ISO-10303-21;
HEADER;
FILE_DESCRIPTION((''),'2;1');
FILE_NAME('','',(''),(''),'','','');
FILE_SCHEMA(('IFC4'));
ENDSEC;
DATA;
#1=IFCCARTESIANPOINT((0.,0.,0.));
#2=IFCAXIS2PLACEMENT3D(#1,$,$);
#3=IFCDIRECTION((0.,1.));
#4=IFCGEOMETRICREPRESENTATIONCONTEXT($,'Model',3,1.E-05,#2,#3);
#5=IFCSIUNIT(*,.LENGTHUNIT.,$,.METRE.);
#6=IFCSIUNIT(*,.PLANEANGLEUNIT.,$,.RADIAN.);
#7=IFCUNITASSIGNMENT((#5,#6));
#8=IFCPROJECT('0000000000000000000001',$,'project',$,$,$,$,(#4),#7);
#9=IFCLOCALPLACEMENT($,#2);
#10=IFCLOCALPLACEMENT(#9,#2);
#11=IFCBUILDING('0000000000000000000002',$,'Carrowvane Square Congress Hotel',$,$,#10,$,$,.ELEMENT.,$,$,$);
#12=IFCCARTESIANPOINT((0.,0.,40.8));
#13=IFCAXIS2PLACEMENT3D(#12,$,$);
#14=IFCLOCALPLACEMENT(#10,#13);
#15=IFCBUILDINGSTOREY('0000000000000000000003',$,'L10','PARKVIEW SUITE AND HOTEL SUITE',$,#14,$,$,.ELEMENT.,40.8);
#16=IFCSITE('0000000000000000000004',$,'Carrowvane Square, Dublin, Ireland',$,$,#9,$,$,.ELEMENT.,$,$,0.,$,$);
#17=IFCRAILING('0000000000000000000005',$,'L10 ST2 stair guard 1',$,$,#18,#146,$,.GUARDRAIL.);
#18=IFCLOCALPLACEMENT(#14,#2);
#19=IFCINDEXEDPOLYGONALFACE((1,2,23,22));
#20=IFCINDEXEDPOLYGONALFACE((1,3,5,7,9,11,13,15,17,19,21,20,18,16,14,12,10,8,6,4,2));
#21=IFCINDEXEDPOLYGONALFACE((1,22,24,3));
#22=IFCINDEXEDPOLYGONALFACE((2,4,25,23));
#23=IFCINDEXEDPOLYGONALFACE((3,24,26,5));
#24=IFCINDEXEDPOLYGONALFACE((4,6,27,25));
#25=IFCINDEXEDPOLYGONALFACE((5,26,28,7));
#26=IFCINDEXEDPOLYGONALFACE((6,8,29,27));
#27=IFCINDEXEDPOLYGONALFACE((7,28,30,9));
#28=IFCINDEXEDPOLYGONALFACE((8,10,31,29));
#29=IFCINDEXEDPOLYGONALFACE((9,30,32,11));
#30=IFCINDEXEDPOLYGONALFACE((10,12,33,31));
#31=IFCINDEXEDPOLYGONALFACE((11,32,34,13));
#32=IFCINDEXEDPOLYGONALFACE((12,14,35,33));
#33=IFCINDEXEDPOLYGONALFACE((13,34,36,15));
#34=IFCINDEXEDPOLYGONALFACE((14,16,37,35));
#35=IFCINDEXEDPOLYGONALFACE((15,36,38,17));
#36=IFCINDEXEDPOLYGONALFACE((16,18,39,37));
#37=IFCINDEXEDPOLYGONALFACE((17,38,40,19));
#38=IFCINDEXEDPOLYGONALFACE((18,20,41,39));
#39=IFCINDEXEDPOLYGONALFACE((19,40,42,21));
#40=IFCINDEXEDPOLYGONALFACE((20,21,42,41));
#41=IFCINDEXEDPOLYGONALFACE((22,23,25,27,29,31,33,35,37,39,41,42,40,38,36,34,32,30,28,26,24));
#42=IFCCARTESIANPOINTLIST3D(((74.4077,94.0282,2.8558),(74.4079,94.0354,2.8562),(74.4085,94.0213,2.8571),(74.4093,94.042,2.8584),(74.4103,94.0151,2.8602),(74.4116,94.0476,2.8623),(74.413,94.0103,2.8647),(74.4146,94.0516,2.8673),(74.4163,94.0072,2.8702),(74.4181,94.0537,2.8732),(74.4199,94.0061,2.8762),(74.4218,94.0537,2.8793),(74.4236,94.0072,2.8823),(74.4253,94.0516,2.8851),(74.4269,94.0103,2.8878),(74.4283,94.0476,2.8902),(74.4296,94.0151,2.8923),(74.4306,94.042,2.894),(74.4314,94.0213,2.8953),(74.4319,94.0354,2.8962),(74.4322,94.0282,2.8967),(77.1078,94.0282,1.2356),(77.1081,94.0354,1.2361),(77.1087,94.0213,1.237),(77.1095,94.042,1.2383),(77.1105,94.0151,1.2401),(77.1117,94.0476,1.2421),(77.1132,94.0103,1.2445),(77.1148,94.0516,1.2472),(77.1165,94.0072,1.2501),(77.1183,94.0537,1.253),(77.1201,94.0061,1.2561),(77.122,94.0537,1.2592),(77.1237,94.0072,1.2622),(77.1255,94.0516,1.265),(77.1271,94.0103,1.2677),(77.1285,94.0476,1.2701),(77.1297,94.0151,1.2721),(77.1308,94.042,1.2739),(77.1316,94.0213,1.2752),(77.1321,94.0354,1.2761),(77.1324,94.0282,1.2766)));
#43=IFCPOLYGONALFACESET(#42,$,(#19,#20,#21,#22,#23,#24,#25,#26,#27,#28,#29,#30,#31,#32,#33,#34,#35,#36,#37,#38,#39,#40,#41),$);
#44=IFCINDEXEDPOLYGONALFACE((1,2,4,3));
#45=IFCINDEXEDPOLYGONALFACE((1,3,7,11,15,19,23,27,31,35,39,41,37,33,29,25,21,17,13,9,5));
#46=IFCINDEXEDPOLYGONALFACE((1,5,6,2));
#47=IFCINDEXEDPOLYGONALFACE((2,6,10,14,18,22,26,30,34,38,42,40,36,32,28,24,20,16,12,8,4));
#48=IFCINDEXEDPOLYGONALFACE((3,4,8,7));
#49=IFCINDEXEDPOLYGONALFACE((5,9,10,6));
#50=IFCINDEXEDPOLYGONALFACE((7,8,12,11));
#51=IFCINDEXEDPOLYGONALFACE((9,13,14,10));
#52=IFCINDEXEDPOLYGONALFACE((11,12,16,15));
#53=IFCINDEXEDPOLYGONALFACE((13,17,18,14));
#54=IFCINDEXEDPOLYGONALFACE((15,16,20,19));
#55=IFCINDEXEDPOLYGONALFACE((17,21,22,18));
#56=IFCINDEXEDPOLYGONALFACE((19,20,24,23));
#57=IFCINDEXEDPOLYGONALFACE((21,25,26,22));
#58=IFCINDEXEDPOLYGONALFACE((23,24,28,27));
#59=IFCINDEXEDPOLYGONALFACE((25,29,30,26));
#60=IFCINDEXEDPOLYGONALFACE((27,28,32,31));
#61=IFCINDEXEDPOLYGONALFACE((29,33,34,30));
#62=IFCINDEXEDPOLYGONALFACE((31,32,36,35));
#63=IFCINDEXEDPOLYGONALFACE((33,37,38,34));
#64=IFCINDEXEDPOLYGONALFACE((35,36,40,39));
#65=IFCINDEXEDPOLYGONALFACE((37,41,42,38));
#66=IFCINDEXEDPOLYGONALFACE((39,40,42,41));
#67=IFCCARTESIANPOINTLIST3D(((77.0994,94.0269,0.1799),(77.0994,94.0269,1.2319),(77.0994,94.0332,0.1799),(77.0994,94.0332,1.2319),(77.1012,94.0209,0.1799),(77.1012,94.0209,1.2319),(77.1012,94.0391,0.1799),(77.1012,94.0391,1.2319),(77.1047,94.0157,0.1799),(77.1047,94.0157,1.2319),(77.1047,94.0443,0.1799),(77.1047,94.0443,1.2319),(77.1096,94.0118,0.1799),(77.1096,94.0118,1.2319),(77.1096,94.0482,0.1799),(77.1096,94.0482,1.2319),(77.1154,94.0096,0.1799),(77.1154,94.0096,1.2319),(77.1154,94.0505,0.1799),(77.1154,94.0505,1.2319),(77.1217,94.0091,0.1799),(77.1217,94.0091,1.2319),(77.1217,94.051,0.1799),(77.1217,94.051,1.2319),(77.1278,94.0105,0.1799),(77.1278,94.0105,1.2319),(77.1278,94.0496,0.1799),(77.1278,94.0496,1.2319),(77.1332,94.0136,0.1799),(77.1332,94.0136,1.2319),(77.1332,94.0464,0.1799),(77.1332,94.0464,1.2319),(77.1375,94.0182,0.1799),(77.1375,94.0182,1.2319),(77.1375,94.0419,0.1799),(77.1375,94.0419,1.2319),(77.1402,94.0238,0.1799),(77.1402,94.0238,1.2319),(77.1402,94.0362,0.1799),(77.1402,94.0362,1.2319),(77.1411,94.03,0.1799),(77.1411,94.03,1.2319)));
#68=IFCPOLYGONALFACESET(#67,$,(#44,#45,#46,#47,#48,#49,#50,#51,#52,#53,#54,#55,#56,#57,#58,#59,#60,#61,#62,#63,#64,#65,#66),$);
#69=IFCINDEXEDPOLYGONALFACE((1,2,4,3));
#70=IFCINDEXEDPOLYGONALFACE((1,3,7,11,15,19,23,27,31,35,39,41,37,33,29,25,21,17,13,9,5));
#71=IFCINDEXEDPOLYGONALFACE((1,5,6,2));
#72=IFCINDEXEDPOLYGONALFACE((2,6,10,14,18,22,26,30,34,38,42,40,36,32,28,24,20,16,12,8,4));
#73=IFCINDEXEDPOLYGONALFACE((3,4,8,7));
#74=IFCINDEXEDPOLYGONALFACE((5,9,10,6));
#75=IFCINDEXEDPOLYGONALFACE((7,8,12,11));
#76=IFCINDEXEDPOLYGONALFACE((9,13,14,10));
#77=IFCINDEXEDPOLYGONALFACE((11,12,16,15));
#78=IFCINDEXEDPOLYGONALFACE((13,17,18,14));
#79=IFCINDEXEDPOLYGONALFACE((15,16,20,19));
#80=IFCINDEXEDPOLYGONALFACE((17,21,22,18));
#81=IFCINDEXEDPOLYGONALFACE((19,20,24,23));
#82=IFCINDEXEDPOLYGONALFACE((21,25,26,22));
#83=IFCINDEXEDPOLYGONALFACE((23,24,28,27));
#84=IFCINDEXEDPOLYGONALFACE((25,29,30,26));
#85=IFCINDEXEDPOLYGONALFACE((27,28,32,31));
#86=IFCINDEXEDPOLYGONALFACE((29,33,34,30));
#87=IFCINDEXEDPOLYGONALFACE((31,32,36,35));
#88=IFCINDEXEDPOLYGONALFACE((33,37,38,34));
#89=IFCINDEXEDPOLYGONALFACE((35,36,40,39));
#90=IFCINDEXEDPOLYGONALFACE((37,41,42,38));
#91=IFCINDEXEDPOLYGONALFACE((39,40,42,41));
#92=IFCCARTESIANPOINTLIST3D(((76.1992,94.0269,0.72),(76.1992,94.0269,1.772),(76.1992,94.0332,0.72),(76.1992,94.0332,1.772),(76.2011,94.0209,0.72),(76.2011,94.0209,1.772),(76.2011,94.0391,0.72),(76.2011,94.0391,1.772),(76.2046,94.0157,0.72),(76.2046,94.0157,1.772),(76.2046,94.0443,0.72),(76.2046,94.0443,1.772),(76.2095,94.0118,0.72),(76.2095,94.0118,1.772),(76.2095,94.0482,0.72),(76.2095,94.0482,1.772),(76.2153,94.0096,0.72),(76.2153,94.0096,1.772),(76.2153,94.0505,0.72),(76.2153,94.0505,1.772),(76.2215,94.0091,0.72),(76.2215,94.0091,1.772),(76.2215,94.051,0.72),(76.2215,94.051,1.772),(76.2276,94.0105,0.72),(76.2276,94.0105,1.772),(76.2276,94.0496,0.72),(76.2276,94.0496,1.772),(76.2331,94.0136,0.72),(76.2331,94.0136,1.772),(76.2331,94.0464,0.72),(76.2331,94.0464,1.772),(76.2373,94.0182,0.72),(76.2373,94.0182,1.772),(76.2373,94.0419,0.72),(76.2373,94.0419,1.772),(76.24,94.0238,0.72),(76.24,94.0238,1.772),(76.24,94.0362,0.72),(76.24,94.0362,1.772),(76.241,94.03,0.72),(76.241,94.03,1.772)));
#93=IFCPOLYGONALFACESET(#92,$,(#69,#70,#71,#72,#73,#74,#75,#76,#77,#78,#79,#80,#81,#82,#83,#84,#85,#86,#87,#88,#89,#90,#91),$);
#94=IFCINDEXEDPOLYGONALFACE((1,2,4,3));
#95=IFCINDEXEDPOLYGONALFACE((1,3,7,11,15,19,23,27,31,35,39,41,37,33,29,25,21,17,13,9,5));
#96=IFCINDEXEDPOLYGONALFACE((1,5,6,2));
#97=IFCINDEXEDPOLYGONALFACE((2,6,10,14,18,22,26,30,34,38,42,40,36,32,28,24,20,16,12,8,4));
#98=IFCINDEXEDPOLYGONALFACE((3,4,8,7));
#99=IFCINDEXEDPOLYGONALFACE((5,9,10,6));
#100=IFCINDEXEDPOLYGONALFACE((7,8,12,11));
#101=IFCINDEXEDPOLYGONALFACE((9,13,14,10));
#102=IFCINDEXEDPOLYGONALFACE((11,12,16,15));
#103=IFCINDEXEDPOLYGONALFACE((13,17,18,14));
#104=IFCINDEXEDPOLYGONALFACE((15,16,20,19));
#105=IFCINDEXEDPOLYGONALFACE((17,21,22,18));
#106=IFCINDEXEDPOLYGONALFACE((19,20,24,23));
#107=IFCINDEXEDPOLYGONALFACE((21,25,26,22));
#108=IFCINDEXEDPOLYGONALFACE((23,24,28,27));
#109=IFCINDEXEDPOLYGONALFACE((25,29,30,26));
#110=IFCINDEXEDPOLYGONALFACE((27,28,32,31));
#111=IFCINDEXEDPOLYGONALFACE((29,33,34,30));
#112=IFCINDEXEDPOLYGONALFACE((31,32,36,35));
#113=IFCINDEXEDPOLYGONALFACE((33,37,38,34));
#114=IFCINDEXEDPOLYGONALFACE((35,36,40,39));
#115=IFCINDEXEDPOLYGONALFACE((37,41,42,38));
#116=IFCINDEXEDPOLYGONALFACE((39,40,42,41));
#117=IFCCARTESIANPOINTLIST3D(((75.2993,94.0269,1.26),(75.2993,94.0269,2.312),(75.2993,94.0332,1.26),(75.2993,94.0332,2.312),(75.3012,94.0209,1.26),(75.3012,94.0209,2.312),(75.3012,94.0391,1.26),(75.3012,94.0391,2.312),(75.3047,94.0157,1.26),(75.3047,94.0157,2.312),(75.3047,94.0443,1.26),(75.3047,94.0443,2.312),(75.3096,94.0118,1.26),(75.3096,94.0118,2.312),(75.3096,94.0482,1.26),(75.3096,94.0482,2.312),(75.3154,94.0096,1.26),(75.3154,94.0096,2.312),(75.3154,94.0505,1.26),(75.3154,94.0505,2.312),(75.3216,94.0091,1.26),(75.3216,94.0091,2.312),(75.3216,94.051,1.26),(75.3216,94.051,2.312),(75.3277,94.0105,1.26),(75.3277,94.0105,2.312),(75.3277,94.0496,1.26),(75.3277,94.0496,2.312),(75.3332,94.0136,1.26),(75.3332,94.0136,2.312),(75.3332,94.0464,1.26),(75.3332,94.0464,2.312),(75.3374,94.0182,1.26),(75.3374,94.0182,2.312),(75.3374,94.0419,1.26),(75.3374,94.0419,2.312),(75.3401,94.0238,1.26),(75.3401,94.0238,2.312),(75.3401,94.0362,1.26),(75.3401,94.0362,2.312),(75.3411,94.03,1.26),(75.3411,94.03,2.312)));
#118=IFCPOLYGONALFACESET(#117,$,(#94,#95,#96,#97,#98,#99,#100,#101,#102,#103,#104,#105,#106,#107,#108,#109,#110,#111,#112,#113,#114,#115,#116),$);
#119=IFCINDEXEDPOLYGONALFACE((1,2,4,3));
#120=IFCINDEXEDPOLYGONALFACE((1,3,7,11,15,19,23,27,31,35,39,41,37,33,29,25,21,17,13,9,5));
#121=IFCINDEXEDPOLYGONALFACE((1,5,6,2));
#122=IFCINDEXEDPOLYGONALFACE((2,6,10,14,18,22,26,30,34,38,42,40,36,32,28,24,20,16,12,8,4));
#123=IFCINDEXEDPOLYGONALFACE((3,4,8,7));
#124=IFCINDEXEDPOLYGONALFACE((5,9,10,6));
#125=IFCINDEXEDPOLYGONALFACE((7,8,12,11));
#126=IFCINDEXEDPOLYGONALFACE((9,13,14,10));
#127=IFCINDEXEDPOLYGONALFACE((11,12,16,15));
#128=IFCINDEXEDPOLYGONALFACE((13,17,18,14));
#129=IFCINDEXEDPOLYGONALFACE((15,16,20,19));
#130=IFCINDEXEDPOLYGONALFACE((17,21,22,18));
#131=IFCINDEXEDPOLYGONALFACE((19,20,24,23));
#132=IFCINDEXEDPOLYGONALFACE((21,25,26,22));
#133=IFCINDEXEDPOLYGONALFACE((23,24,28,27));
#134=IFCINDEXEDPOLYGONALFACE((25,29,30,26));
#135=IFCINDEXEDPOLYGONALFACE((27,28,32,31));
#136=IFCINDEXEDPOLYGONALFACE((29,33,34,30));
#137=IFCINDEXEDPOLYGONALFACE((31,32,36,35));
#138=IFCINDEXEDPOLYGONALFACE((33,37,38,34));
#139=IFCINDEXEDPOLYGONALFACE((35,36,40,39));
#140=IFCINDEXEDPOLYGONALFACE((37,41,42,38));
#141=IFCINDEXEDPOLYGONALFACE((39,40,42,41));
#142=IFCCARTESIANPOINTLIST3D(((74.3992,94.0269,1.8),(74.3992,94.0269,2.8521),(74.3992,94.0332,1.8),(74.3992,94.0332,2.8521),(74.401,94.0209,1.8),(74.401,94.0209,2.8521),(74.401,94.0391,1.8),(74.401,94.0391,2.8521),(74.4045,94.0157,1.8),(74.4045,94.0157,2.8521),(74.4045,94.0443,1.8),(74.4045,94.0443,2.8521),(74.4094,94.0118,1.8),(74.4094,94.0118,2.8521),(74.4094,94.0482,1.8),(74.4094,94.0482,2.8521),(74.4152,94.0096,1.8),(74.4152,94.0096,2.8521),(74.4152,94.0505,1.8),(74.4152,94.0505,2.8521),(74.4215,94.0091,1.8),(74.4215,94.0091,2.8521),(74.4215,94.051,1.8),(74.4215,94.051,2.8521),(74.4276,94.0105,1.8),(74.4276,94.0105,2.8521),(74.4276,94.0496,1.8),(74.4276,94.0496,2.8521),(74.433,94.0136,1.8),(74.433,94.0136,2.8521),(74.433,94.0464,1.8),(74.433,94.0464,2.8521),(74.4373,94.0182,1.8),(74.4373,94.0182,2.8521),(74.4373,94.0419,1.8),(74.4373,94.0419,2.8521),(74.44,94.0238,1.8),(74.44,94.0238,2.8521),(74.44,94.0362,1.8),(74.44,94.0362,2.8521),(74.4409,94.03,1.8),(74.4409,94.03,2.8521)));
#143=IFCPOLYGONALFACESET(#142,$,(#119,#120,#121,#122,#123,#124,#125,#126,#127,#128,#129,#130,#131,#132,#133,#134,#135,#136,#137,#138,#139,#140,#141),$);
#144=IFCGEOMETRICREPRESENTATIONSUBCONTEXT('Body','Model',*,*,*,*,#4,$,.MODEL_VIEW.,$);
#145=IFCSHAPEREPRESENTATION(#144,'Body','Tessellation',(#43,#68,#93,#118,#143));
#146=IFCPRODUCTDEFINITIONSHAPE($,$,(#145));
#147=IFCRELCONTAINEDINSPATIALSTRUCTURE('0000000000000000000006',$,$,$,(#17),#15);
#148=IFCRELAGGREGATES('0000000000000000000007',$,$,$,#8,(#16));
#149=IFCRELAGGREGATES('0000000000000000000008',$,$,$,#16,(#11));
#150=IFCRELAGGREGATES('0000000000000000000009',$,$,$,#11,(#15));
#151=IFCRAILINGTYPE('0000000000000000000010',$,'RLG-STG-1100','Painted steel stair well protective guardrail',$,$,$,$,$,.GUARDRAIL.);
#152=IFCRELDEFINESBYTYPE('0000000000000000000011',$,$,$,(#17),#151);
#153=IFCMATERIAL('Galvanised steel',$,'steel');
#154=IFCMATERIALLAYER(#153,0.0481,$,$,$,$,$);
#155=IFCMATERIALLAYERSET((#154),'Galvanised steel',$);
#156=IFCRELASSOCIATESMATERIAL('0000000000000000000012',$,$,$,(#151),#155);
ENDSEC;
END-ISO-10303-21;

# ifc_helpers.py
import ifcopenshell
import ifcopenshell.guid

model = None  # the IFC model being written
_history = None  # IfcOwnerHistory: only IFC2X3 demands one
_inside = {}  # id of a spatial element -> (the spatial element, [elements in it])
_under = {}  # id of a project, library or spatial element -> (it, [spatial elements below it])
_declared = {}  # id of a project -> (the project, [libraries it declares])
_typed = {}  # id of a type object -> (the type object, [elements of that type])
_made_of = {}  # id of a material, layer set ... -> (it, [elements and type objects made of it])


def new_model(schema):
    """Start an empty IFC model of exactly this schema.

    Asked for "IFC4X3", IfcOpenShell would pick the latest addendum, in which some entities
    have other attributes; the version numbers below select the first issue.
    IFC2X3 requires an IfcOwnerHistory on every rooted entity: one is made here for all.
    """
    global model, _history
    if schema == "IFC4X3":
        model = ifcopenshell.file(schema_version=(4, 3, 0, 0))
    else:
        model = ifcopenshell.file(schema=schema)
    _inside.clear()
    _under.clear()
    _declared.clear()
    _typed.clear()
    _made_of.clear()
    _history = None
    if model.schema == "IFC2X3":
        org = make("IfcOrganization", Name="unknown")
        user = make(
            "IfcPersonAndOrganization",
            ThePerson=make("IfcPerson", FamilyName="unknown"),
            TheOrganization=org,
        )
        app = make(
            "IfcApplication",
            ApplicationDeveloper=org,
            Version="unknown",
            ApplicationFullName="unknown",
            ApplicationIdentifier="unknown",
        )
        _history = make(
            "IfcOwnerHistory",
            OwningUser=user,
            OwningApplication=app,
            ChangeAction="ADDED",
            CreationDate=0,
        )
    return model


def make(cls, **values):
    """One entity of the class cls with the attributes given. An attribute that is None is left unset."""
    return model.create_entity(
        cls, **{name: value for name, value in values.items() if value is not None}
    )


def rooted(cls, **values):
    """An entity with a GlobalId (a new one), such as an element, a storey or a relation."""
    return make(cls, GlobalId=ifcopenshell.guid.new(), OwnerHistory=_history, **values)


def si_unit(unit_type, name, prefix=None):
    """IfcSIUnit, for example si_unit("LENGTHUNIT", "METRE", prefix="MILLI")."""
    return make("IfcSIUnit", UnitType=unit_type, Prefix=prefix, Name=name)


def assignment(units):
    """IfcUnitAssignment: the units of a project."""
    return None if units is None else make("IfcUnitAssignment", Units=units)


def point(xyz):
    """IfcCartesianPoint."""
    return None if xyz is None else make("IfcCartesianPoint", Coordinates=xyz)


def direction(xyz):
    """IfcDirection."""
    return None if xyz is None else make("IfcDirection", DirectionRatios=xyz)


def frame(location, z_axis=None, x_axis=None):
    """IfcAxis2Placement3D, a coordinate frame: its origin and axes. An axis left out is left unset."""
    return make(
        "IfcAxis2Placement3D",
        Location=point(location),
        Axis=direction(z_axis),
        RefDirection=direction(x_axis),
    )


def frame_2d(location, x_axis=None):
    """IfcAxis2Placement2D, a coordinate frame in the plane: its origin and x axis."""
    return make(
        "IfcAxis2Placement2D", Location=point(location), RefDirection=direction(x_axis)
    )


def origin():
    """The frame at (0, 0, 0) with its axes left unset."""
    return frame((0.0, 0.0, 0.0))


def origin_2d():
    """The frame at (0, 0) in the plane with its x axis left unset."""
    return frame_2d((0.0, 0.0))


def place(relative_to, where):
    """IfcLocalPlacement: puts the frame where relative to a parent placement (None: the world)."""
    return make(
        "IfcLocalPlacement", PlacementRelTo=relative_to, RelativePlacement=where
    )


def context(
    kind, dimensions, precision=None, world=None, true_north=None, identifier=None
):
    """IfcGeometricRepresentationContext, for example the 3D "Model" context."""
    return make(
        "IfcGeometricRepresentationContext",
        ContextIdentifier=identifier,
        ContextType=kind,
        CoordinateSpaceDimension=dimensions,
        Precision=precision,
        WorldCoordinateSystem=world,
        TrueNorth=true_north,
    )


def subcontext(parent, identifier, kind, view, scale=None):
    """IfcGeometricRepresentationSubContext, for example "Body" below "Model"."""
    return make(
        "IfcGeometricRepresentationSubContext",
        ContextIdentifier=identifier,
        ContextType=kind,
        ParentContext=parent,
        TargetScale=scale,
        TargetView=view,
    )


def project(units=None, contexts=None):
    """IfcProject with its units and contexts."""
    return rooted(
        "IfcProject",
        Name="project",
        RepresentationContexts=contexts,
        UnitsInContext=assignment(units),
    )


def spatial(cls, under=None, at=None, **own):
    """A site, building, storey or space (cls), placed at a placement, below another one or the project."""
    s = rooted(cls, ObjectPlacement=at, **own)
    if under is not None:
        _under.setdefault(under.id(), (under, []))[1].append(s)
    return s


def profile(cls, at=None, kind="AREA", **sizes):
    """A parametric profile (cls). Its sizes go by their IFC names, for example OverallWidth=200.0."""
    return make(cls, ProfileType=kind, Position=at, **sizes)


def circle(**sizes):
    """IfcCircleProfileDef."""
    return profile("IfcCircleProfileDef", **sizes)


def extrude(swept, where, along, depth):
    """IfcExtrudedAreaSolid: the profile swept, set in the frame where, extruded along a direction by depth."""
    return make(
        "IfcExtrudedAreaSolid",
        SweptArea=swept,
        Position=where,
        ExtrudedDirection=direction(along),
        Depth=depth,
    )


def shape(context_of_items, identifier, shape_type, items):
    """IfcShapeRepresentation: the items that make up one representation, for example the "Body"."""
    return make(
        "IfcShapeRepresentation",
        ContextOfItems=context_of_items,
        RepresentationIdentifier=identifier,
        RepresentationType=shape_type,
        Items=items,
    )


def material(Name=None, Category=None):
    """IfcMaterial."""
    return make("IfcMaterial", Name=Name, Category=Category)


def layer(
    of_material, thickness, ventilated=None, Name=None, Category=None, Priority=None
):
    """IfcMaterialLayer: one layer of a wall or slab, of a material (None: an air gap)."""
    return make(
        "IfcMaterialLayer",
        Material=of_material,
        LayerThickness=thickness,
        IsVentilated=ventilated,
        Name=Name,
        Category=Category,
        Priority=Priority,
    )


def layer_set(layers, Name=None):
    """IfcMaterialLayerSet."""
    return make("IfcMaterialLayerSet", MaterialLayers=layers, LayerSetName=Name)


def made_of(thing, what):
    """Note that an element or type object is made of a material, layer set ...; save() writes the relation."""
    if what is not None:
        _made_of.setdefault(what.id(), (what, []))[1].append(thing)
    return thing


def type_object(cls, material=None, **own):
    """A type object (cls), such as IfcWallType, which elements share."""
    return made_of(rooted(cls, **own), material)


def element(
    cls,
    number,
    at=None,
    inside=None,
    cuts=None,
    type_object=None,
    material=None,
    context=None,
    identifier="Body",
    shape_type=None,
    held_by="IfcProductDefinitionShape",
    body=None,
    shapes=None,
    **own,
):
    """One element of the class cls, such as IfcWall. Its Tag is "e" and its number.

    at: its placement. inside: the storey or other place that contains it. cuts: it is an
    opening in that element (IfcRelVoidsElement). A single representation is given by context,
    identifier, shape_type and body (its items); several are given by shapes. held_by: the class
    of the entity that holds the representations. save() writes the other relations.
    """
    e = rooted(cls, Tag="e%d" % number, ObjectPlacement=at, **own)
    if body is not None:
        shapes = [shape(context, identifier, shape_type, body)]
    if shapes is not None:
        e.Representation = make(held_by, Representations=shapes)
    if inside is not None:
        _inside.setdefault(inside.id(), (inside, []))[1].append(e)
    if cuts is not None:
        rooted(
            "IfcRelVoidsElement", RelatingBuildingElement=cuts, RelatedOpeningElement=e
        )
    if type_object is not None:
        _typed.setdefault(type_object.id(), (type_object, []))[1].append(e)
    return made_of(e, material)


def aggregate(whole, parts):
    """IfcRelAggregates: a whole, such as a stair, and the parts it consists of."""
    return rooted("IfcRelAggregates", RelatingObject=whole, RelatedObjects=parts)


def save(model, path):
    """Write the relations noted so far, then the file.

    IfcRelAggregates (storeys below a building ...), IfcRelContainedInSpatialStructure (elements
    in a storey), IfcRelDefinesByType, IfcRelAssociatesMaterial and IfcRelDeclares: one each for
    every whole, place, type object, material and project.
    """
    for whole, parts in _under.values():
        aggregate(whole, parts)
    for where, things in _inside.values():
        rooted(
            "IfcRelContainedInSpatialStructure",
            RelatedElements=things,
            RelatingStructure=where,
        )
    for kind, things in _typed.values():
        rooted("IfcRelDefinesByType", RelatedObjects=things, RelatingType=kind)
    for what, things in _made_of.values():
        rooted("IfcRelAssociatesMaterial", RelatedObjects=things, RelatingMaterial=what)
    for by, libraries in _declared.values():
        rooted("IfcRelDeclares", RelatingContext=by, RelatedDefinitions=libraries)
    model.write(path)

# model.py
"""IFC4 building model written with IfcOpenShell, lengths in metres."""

from ifc_helpers import new_model, si_unit, direction, frame, origin, origin_2d, place, context, subcontext, project, spatial, circle, extrude, material, layer, layer_set, type_object, element, save


model = new_model("IFC4")

# Units and contexts
model_context = context("Model", 3, precision=1e-05, world=origin(), true_north=direction((0.0, 1.0)))
body_context = subcontext(model_context, "Body", "Model", "MODEL_VIEW")
ifc_project = project(units=[si_unit("LENGTHUNIT", "METRE"), si_unit("PLANEANGLEUNIT", "RADIAN")], contexts=[model_context])

# Site, building, storey
site_placement = place(None, origin())
site = spatial("IfcSite", under=ifc_project, at=site_placement, Name="Carrowvane Square, Dublin, Ireland", CompositionType="ELEMENT", RefElevation=0.0)
building_placement = place(site_placement, origin())
building = spatial("IfcBuilding", under=site, at=building_placement, Name="Carrowvane Square Congress Hotel", CompositionType="ELEMENT")
storey_placement = place(building_placement, frame((0.0, 0.0, 40.8)))
storey = spatial("IfcBuildingStorey", under=building, at=storey_placement, Name="L10", Description="PARKVIEW SUITE AND HOTEL SUITE", CompositionType="ELEMENT", Elevation=40.8)

# Railing
ifc_material_1 = material(Name="Galvanised steel", Category="steel")
ifc_layer_1 = layer(ifc_material_1, 0.0481)
ifc_layer_set_1 = layer_set([ifc_layer_1], Name="Galvanised steel")
railing_type_1 = type_object("IfcRailingType", Name="RLG-STG-1100", Description="Painted steel stair well protective guardrail", PredefinedType="GUARDRAIL", material=ifc_layer_set_1)
railing_1_placement = place(storey_placement, frame((77.1201, 94.03, 0.1799)))
element("IfcRailing", 1, at=railing_1_placement, inside=storey, type_object=railing_type_1, Name="L10 ST2 stair guard 1", PredefinedType="GUARDRAIL", context=body_context, shape_type="SweptSolid", body=[
    extrude(circle(Radius=0.0239, at=origin_2d()), frame((0.0, 0.0, 1.0762), z_axis=(-0.857493, 0.0, 0.514496), x_axis=(0.0, -1.0, 0.0)), (0.0, 0.0, 1.0), 3.1489),
    extrude(circle(Radius=0.021, at=origin_2d()), origin(), (0.0, 0.0, 1.0), 1.052),
    extrude(circle(Radius=0.021, at=origin_2d()), frame((-0.9001, 0.0, 0.54)), (0.0, 0.0, 1.0), 1.052),
    extrude(circle(Radius=0.021, at=origin_2d()), frame((-1.8, 0.0, 1.0801)), (0.0, 0.0, 1.0), 1.052),
    extrude(circle(Radius=0.021, at=origin_2d()), frame((-2.7002, 0.0, 1.6201)), (0.0, 0.0, 1.0), 1.052),
])

save(model, "model.ifc")
